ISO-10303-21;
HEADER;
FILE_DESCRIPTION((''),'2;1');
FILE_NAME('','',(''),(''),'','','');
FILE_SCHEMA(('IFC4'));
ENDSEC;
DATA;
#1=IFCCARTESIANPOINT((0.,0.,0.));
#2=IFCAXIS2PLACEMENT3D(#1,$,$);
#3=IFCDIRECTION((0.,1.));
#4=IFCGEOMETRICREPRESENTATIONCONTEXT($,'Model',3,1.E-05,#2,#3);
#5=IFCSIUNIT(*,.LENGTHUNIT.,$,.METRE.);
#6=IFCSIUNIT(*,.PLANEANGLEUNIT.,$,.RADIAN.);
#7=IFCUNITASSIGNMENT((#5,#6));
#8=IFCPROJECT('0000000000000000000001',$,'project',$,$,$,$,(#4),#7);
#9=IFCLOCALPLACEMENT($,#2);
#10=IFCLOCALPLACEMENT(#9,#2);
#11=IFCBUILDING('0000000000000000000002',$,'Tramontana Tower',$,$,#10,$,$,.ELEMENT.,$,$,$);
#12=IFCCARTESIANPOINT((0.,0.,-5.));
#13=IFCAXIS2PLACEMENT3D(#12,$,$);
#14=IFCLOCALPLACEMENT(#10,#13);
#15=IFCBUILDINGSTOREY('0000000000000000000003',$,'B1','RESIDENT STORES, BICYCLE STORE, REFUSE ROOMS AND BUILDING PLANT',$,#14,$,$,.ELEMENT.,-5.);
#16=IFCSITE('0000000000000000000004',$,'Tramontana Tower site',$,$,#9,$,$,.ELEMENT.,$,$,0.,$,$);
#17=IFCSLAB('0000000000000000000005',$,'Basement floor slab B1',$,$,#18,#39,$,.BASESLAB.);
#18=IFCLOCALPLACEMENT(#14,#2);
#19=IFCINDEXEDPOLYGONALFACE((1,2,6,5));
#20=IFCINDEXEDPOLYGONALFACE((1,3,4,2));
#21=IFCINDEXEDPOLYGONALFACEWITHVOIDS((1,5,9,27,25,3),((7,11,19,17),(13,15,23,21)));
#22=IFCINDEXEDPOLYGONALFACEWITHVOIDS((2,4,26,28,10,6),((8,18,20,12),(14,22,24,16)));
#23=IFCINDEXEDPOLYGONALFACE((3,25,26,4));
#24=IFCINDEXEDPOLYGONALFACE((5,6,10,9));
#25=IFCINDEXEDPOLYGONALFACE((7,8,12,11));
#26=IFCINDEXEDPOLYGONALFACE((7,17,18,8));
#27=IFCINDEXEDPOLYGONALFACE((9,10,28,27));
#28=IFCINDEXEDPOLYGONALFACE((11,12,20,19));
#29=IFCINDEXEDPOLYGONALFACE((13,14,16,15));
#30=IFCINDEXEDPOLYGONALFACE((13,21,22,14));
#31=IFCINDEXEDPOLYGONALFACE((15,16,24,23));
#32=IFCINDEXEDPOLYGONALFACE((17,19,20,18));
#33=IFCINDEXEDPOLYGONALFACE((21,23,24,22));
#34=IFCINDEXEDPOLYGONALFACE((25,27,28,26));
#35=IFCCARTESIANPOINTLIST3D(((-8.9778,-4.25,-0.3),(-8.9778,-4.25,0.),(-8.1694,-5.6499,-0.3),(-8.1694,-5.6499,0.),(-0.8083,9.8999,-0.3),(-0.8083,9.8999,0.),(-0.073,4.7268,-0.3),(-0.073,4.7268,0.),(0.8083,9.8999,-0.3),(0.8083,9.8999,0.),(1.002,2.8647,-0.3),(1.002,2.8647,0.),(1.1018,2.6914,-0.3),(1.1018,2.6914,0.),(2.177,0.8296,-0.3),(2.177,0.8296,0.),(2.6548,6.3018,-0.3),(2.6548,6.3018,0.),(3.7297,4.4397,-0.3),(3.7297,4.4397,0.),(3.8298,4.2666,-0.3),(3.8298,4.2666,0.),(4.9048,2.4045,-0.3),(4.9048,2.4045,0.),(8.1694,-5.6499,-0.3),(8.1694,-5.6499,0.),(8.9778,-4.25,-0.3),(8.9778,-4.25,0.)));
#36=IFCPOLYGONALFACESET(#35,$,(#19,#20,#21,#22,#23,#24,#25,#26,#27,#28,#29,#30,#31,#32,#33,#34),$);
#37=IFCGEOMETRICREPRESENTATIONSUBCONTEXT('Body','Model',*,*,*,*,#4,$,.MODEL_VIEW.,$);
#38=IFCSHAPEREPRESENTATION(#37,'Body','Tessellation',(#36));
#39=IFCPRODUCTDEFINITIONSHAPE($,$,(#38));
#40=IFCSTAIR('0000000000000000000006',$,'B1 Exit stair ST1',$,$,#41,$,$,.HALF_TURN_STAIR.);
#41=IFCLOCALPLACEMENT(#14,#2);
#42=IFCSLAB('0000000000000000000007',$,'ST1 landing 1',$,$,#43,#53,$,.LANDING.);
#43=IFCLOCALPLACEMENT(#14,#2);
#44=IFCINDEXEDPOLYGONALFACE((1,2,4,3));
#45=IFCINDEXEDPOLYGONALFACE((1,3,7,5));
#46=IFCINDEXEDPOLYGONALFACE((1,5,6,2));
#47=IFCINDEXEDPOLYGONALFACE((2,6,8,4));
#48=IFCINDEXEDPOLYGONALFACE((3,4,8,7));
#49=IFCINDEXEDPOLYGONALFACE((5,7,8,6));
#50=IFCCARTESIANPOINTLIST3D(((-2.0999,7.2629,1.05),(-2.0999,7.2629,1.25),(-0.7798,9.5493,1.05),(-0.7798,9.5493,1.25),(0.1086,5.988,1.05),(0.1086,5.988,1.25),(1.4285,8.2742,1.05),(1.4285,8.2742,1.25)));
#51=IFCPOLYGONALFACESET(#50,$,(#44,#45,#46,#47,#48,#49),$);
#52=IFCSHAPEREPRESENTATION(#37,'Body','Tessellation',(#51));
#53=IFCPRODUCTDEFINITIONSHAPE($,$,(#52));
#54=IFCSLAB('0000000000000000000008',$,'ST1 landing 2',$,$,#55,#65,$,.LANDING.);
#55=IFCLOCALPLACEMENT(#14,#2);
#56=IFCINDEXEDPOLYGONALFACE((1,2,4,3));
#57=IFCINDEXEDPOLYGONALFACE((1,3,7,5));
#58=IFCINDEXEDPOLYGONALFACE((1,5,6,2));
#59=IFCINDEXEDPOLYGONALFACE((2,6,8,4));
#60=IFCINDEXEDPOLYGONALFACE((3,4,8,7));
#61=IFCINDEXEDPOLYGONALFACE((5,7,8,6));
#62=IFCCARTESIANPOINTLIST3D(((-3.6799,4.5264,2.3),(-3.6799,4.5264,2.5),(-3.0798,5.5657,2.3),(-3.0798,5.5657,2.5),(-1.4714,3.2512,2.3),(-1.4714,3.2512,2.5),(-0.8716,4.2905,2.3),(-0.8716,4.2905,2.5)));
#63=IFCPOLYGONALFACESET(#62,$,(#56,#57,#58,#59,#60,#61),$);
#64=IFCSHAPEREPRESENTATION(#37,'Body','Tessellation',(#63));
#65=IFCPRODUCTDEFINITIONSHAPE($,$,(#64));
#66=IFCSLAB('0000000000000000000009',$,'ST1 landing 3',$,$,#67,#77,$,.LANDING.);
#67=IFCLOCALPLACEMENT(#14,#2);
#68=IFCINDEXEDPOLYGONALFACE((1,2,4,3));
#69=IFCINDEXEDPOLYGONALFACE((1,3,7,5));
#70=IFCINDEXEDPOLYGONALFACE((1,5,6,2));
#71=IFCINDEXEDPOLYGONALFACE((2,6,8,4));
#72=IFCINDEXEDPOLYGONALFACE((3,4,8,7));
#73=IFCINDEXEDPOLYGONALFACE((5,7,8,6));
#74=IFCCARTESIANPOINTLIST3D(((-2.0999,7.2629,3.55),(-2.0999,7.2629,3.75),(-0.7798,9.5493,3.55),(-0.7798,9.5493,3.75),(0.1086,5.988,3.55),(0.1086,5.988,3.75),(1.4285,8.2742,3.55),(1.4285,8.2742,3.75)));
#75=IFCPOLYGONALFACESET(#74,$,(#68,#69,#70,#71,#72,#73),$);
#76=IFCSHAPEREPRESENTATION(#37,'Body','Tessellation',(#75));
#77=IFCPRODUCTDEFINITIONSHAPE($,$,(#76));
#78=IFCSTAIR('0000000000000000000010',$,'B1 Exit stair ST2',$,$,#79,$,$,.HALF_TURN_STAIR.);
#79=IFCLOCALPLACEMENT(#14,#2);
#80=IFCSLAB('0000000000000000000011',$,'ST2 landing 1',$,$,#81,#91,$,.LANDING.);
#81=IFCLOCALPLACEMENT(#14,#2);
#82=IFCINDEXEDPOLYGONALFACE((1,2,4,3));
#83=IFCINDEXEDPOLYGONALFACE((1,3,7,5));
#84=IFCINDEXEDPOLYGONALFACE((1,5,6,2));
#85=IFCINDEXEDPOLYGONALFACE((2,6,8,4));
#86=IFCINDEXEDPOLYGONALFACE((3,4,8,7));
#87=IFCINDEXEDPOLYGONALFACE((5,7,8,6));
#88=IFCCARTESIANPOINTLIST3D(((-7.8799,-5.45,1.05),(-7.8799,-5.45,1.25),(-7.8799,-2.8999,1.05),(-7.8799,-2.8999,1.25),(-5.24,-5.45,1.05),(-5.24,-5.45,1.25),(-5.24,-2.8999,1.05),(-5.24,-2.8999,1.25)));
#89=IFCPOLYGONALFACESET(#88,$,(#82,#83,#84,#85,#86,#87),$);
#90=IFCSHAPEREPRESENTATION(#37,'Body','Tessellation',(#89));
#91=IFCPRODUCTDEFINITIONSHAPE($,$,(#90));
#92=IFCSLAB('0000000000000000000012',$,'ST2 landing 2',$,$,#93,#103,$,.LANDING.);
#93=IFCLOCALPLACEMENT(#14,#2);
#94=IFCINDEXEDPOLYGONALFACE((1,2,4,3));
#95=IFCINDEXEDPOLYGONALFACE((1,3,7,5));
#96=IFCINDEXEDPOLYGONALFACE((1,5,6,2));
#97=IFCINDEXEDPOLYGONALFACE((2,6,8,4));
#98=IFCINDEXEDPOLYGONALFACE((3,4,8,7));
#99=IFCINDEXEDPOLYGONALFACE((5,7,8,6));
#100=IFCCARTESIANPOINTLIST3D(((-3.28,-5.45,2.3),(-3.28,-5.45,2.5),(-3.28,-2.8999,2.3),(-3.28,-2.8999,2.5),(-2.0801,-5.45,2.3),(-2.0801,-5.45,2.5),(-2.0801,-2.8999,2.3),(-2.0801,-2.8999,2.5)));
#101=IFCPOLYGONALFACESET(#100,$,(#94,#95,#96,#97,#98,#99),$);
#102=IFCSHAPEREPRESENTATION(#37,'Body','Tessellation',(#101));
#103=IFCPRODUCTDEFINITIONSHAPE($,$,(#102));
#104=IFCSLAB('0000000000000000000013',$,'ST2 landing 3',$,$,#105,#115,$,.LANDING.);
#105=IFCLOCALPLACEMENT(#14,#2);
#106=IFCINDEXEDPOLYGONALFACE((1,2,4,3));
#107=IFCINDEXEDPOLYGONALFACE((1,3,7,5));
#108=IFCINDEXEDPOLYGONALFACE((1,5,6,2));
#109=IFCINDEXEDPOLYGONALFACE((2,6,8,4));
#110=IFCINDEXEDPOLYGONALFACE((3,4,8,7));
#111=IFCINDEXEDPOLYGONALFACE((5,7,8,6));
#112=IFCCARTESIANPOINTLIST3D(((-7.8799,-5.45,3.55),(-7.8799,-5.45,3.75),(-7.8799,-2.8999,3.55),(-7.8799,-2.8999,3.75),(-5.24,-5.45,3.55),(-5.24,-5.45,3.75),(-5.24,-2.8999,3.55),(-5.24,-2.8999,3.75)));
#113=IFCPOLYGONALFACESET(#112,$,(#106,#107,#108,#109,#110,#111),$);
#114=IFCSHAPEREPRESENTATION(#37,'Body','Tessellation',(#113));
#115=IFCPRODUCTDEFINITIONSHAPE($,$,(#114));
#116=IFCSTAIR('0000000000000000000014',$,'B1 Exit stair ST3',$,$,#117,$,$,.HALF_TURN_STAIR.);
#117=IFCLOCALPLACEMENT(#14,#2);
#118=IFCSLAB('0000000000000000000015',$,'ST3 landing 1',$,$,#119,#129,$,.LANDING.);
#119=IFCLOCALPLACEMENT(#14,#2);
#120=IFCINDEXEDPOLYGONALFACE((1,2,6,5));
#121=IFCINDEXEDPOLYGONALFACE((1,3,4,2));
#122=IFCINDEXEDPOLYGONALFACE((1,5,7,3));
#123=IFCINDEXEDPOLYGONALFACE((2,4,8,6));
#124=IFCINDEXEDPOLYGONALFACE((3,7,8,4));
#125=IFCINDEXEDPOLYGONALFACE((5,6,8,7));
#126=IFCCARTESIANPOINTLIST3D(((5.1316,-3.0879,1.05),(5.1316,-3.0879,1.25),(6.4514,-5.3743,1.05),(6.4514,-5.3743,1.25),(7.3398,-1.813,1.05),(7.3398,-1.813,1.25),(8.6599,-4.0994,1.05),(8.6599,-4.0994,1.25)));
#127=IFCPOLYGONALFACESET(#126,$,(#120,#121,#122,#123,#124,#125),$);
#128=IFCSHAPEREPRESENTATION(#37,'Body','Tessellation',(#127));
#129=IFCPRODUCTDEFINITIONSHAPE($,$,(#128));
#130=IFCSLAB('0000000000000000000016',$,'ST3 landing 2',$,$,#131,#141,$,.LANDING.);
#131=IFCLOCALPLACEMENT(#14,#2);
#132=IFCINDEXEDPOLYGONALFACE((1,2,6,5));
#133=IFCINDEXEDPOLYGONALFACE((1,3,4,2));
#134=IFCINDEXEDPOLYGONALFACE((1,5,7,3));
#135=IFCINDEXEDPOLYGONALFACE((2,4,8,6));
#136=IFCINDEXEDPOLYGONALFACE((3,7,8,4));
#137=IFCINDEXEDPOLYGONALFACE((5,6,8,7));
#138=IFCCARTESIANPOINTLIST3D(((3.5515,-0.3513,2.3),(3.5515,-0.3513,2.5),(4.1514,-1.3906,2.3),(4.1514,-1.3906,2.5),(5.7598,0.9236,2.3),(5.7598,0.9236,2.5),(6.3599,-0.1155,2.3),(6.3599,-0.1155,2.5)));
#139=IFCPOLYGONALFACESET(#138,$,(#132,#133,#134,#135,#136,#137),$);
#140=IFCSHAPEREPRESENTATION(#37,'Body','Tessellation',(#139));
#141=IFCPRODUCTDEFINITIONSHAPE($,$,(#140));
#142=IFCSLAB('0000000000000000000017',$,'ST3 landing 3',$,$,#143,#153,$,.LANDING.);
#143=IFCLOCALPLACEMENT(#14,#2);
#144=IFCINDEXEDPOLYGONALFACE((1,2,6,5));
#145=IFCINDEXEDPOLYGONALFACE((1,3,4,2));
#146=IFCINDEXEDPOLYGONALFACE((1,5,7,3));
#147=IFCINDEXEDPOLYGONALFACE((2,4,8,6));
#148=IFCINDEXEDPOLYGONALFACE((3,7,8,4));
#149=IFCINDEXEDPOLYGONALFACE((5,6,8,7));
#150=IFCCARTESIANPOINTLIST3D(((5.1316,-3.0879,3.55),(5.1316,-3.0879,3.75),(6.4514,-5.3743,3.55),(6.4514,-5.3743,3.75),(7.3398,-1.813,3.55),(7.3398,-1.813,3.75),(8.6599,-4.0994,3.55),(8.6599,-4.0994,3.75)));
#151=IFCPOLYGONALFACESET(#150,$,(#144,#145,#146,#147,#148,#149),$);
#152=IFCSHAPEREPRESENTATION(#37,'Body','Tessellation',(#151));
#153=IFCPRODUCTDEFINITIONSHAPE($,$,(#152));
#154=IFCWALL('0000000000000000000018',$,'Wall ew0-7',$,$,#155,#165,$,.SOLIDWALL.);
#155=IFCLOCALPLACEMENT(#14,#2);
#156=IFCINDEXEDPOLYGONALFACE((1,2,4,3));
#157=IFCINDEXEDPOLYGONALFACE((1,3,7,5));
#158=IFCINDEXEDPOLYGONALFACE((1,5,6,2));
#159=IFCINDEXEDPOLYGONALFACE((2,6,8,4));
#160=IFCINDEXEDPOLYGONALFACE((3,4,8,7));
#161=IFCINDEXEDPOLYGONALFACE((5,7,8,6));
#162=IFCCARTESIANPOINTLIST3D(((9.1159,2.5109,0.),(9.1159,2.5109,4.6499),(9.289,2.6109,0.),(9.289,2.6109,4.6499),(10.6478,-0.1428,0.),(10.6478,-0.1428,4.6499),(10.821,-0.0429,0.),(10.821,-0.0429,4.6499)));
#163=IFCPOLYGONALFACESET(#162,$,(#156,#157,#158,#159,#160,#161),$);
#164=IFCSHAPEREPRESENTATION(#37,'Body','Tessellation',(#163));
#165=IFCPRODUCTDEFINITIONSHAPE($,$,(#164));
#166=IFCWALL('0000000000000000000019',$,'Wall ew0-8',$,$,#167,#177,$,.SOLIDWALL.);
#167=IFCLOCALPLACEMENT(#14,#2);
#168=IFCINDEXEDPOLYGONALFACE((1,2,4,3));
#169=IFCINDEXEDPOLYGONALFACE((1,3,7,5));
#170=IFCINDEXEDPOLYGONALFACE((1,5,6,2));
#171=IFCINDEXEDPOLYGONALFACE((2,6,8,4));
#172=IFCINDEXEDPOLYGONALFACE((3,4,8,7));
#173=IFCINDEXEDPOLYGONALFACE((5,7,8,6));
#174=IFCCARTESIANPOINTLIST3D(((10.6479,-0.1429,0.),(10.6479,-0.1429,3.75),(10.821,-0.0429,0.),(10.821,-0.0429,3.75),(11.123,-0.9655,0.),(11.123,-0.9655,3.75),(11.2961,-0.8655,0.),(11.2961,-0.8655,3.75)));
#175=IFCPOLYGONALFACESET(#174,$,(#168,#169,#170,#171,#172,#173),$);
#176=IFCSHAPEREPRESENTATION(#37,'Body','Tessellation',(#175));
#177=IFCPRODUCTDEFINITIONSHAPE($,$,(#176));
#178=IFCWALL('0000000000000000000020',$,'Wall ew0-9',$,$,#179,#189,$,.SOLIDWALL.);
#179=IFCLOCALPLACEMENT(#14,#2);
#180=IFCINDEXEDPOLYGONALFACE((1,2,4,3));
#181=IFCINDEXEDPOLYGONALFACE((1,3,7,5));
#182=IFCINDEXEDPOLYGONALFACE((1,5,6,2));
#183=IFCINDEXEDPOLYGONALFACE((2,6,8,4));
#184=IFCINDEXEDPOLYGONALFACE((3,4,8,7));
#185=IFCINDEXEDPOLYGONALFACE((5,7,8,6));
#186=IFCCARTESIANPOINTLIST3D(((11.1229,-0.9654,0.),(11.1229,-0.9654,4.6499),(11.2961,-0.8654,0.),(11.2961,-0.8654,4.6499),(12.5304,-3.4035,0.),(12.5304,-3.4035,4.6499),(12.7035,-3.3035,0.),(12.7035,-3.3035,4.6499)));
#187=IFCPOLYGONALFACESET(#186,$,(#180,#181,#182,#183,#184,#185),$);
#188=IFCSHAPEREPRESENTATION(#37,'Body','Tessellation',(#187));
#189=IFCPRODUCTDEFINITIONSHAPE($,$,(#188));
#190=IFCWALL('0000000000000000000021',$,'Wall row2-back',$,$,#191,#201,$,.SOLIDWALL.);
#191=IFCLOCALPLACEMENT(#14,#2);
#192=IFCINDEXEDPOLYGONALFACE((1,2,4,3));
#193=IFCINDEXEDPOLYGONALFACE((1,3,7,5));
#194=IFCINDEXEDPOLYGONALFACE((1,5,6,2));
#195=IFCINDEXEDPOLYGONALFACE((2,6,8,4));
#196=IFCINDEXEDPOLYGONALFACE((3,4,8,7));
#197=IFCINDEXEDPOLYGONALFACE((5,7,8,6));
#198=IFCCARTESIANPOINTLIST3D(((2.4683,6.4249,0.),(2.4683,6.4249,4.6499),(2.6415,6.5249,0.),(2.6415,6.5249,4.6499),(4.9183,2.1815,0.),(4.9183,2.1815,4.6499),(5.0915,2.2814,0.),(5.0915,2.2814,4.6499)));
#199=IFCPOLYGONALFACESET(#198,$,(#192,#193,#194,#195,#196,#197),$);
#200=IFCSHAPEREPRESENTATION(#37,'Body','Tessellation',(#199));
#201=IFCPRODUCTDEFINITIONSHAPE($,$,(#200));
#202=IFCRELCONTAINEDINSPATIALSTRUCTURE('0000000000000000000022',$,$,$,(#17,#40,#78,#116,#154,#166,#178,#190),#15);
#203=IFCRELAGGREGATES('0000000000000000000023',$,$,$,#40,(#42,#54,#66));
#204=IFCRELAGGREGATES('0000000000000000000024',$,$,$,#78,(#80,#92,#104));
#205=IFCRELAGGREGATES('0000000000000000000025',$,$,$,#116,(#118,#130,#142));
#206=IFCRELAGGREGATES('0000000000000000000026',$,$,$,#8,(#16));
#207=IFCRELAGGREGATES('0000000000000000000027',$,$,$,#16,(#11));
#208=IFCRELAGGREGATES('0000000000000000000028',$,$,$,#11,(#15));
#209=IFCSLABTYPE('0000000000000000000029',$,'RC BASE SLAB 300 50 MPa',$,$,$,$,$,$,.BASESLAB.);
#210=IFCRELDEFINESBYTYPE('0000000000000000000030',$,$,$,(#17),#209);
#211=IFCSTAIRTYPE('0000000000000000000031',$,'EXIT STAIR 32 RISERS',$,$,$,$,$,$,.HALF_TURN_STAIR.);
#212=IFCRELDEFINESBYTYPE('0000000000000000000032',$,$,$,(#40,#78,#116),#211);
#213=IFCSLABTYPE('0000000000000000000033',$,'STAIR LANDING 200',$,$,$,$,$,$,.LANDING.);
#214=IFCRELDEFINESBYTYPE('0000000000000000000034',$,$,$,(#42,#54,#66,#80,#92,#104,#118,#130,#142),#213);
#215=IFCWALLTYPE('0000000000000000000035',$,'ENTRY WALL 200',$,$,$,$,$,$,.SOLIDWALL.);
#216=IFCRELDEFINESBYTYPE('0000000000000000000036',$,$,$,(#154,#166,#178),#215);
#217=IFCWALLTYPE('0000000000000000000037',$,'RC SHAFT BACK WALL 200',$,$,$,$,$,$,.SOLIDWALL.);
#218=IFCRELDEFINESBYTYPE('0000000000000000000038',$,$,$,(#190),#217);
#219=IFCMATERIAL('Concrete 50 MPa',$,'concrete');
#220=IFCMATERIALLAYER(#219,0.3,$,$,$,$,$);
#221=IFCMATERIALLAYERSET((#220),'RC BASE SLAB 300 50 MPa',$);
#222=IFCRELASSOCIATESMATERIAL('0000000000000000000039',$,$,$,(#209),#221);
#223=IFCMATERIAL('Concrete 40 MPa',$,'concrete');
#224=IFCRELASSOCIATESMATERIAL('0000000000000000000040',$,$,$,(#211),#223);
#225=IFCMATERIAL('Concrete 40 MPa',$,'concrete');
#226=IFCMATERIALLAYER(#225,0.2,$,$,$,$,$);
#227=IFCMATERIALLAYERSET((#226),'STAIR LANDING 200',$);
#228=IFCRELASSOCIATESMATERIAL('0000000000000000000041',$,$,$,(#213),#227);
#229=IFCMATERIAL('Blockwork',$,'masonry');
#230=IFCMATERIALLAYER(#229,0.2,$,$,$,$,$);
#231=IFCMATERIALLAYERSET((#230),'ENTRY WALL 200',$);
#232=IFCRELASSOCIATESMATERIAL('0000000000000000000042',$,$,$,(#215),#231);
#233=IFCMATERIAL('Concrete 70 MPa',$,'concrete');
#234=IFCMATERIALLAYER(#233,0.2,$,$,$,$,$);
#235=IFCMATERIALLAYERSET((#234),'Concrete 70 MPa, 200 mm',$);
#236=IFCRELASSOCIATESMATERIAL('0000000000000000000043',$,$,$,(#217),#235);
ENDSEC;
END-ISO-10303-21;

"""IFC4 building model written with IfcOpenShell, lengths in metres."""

from ifc_helpers import new_model, si_unit, direction, frame, frame_2d, origin, place, context, subcontext, project, spatial, polyline, rectangle, outline, extrude, material, layer, layer_set, type_object, element, aggregate, save


model = new_model("IFC4")

# Units and contexts
model_context = context("Model", 3, precision=1e-05, world=origin(), true_north=direction((0.0, 1.0)))
body_context = subcontext(model_context, "Body", "Model", "MODEL_VIEW")
ifc_project = project(units=[si_unit("LENGTHUNIT", "METRE"), si_unit("PLANEANGLEUNIT", "RADIAN")], contexts=[model_context])

# Site, building, storey
site_placement = place(None, origin())
site = spatial("IfcSite", under=ifc_project, at=site_placement, Name="Tramontana Tower site", CompositionType="ELEMENT", RefElevation=0.0)
building_placement = place(site_placement, origin())
building = spatial("IfcBuilding", under=site, at=building_placement, Name="Tramontana Tower", CompositionType="ELEMENT")
storey_placement = place(building_placement, frame((0.0, 0.0, -5.0)))
storey = spatial("IfcBuildingStorey", under=building, at=storey_placement, Name="B1", Description="RESIDENT STORES, BICYCLE STORE, REFUSE ROOMS AND BUILDING PLANT", CompositionType="ELEMENT", Elevation=-5.0)

# Slab
ifc_material_1 = material(Name="Concrete 50 MPa", Category="concrete")
ifc_layer_1 = layer(ifc_material_1, 0.3)
ifc_layer_set_1 = layer_set([ifc_layer_1], Name="RC BASE SLAB 300 50 MPa")
slab_type_1 = type_object("IfcSlabType", Name="RC BASE SLAB 300 50 MPa", PredefinedType="BASESLAB", material=ifc_layer_set_1)
slab_1_placement = place(storey_placement, frame((0.0, 0.0, -0.3)))
element("IfcSlab", 1, at=slab_1_placement, inside=storey, type_object=slab_type_1, Name="Basement floor slab B1", PredefinedType="BASESLAB", context=body_context, shape_type="SweptSolid", body=[
    extrude(outline(polyline([(0.8083, 9.8999), (8.9778, -4.25), (8.1694, -5.6499), (-8.1694, -5.6499), (-8.9778, -4.25), (-0.8083, 9.8999), (0.8083, 9.8999)]), holes=[polyline([(2.177, 0.8296), (4.9048, 2.4045), (3.8298, 4.2666), (1.1018, 2.6914), (2.177, 0.8296)]), polyline([(1.002, 2.8647), (3.7297, 4.4397), (2.6548, 6.3018), (-0.073, 4.7268), (1.002, 2.8647)])]), origin(), (0.0, 0.0, 1.0), 0.3),
])

# Stairs, slabs
ifc_material_2 = material(Name="Concrete 40 MPa", Category="concrete")
stair_type = type_object("IfcStairType", Name="EXIT STAIR 32 RISERS", PredefinedType="HALF_TURN_STAIR", material=ifc_material_2)
stair_1_placement = place(storey_placement, origin())
stair_1 = element("IfcStair", 2, at=stair_1_placement, inside=storey, type_object=stair_type, Name="B1 Exit stair ST1", PredefinedType="HALF_TURN_STAIR")
ifc_material_3 = material(Name="Concrete 40 MPa", Category="concrete")
ifc_layer_2 = layer(ifc_material_3, 0.2)
ifc_layer_set_2 = layer_set([ifc_layer_2], Name="STAIR LANDING 200")
slab_type_2 = type_object("IfcSlabType", Name="STAIR LANDING 200", PredefinedType="LANDING", material=ifc_layer_set_2)
slab_2_placement = place(storey_placement, frame((0.0, 0.0, 1.05)))
slab_2 = element("IfcSlab", 3, at=slab_2_placement, type_object=slab_type_2, Name="ST1 landing 1", PredefinedType="LANDING", context=body_context, shape_type="SweptSolid", body=[
    extrude(outline(polyline([(0.1086, 5.988), (1.4285, 8.2742), (-0.7798, 9.5493), (-2.0999, 7.2629), (0.1086, 5.988)])), origin(), (0.0, 0.0, 1.0), 0.2),
])
slab_3_placement = place(storey_placement, frame((0.0, 0.0, 2.3)))
slab_3 = element("IfcSlab", 4, at=slab_3_placement, type_object=slab_type_2, Name="ST1 landing 2", PredefinedType="LANDING", context=body_context, shape_type="SweptSolid", body=[
    extrude(outline(polyline([(-1.4714, 3.2512), (-0.8716, 4.2905), (-3.0798, 5.5657), (-3.6799, 4.5264), (-1.4714, 3.2512)])), origin(), (0.0, 0.0, 1.0), 0.2),
])
slab_4_placement = place(storey_placement, frame((0.0, 0.0, 3.55)))
slab_4 = element("IfcSlab", 5, at=slab_4_placement, type_object=slab_type_2, Name="ST1 landing 3", PredefinedType="LANDING", context=body_context, shape_type="SweptSolid", body=[
    extrude(outline(polyline([(0.1086, 5.988), (1.4285, 8.2742), (-0.7798, 9.5493), (-2.0999, 7.2629), (0.1086, 5.988)])), origin(), (0.0, 0.0, 1.0), 0.2),
])
aggregate(stair_1, [slab_2, slab_3, slab_4])
stair_2_placement = place(storey_placement, origin())
stair_2 = element("IfcStair", 6, at=stair_2_placement, inside=storey, type_object=stair_type, Name="B1 Exit stair ST2", PredefinedType="HALF_TURN_STAIR")
slab_5_placement = place(storey_placement, frame((0.0, 0.0, 1.05)))
slab_5 = element("IfcSlab", 7, at=slab_5_placement, type_object=slab_type_2, Name="ST2 landing 1", PredefinedType="LANDING", context=body_context, shape_type="SweptSolid", body=[
    extrude(outline(polyline([(-5.24, -2.8999), (-7.8799, -2.8999), (-7.8799, -5.45), (-5.24, -5.45), (-5.24, -2.8999)])), origin(), (0.0, 0.0, 1.0), 0.2),
])
slab_6_placement = place(storey_placement, frame((0.0, 0.0, 2.3)))
slab_6 = element("IfcSlab", 8, at=slab_6_placement, type_object=slab_type_2, Name="ST2 landing 2", PredefinedType="LANDING", context=body_context, shape_type="SweptSolid", body=[
    extrude(outline(polyline([(-2.0801, -2.8999), (-3.28, -2.8999), (-3.28, -5.45), (-2.0801, -5.45), (-2.0801, -2.8999)])), origin(), (0.0, 0.0, 1.0), 0.2),
])
slab_7_placement = place(storey_placement, frame((0.0, 0.0, 3.55)))
slab_7 = element("IfcSlab", 9, at=slab_7_placement, type_object=slab_type_2, Name="ST2 landing 3", PredefinedType="LANDING", context=body_context, shape_type="SweptSolid", body=[
    extrude(outline(polyline([(-5.24, -2.8999), (-7.8799, -2.8999), (-7.8799, -5.45), (-5.24, -5.45), (-5.24, -2.8999)])), origin(), (0.0, 0.0, 1.0), 0.2),
])
aggregate(stair_2, [slab_5, slab_6, slab_7])
stair_3_placement = place(storey_placement, origin())
stair_3 = element("IfcStair", 10, at=stair_3_placement, inside=storey, type_object=stair_type, Name="B1 Exit stair ST3", PredefinedType="HALF_TURN_STAIR")
slab_8_placement = place(storey_placement, frame((0.0, 0.0, 1.05)))
slab_8 = element("IfcSlab", 11, at=slab_8_placement, type_object=slab_type_2, Name="ST3 landing 1", PredefinedType="LANDING", context=body_context, shape_type="SweptSolid", body=[
    extrude(outline(polyline([(5.1316, -3.0879), (6.4514, -5.3743), (8.6599, -4.0994), (7.3398, -1.813), (5.1316, -3.0879)])), origin(), (0.0, 0.0, 1.0), 0.2),
])
slab_9_placement = place(storey_placement, frame((0.0, 0.0, 2.3)))
slab_9 = element("IfcSlab", 12, at=slab_9_placement, type_object=slab_type_2, Name="ST3 landing 2", PredefinedType="LANDING", context=body_context, shape_type="SweptSolid", body=[
    extrude(outline(polyline([(3.5515, -0.3513), (4.1514, -1.3906), (6.3599, -0.1155), (5.7598, 0.9236), (3.5515, -0.3513)])), origin(), (0.0, 0.0, 1.0), 0.2),
])
slab_10_placement = place(storey_placement, frame((0.0, 0.0, 3.55)))
slab_10 = element("IfcSlab", 13, at=slab_10_placement, type_object=slab_type_2, Name="ST3 landing 3", PredefinedType="LANDING", context=body_context, shape_type="SweptSolid", body=[
    extrude(outline(polyline([(5.1316, -3.0879), (6.4514, -5.3743), (8.6599, -4.0994), (7.3398, -1.813), (5.1316, -3.0879)])), origin(), (0.0, 0.0, 1.0), 0.2),
])
aggregate(stair_3, [slab_8, slab_9, slab_10])

# Walls
ifc_material_4 = material(Name="Blockwork", Category="masonry")
ifc_layer_3 = layer(ifc_material_4, 0.2)
ifc_layer_set_3 = layer_set([ifc_layer_3], Name="ENTRY WALL 200")
wall_type_1 = type_object("IfcWallType", Name="ENTRY WALL 200", PredefinedType="SOLIDWALL", material=ifc_layer_set_3)
wall_1_placement = place(storey_placement, frame((9.2024, 2.561, 0.0), z_axis=(0.0, 0.0, 1.0), x_axis=(0.499952, -0.866053, 0.0)))
element("IfcWall", 14, at=wall_1_placement, inside=storey, type_object=wall_type_1, Name="Wall ew0-7", PredefinedType="SOLIDWALL", context=body_context, shape_type="SweptSolid", body=[
    extrude(rectangle(XDim=3.0642, YDim=0.2, at=frame_2d((1.5322, 0.0))), origin(), (0.0, 0.0, 1.0), 4.6499),
])
wall_2_placement = place(storey_placement, frame((10.7344, -0.0928, 0.0), z_axis=(0.0, 0.0, 1.0), x_axis=(0.500175, -0.865924, 0.0)))
element("IfcWall", 15, at=wall_2_placement, inside=storey, type_object=wall_type_1, Name="Wall ew0-8", PredefinedType="SOLIDWALL", context=body_context, shape_type="SweptSolid", body=[
    extrude(rectangle(XDim=0.95, YDim=0.2, at=frame_2d((0.4751, 0.0))), origin(), (0.0, 0.0, 1.0), 3.75),
])
wall_3_placement = place(storey_placement, frame((11.2095, -0.9153, 0.0), z_axis=(0.0, 0.0, 1.0), x_axis=(0.499935, -0.866063, 0.0)))
element("IfcWall", 16, at=wall_3_placement, inside=storey, type_object=wall_type_1, Name="Wall ew0-9", PredefinedType="SOLIDWALL", context=body_context, shape_type="SweptSolid", body=[
    extrude(rectangle(XDim=2.8152, YDim=0.2, at=frame_2d((1.4077, 0.0))), origin(), (0.0, 0.0, 1.0), 4.6499),
])
ifc_material_5 = material(Name="Concrete 70 MPa", Category="concrete")
ifc_layer_4 = layer(ifc_material_5, 0.2)
ifc_layer_set_4 = layer_set([ifc_layer_4], Name="Concrete 70 MPa, 200 mm")
wall_type_2 = type_object("IfcWallType", Name="RC SHAFT BACK WALL 200", PredefinedType="SOLIDWALL", material=ifc_layer_set_4)
wall_4_placement = place(storey_placement, frame((5.0049, 2.2314, 0.0), z_axis=(0.0, 0.0, 1.0), x_axis=(-0.500003, 0.866024, 0.0)))
element("IfcWall", 17, at=wall_4_placement, inside=storey, type_object=wall_type_2, Name="Wall row2-back", PredefinedType="SOLIDWALL", context=body_context, shape_type="SweptSolid", body=[
    extrude(rectangle(XDim=4.8999, YDim=0.2, at=frame_2d((2.45, 0.0))), origin(), (0.0, 0.0, 1.0), 4.6499),
])

save(model, "model.ifc")
